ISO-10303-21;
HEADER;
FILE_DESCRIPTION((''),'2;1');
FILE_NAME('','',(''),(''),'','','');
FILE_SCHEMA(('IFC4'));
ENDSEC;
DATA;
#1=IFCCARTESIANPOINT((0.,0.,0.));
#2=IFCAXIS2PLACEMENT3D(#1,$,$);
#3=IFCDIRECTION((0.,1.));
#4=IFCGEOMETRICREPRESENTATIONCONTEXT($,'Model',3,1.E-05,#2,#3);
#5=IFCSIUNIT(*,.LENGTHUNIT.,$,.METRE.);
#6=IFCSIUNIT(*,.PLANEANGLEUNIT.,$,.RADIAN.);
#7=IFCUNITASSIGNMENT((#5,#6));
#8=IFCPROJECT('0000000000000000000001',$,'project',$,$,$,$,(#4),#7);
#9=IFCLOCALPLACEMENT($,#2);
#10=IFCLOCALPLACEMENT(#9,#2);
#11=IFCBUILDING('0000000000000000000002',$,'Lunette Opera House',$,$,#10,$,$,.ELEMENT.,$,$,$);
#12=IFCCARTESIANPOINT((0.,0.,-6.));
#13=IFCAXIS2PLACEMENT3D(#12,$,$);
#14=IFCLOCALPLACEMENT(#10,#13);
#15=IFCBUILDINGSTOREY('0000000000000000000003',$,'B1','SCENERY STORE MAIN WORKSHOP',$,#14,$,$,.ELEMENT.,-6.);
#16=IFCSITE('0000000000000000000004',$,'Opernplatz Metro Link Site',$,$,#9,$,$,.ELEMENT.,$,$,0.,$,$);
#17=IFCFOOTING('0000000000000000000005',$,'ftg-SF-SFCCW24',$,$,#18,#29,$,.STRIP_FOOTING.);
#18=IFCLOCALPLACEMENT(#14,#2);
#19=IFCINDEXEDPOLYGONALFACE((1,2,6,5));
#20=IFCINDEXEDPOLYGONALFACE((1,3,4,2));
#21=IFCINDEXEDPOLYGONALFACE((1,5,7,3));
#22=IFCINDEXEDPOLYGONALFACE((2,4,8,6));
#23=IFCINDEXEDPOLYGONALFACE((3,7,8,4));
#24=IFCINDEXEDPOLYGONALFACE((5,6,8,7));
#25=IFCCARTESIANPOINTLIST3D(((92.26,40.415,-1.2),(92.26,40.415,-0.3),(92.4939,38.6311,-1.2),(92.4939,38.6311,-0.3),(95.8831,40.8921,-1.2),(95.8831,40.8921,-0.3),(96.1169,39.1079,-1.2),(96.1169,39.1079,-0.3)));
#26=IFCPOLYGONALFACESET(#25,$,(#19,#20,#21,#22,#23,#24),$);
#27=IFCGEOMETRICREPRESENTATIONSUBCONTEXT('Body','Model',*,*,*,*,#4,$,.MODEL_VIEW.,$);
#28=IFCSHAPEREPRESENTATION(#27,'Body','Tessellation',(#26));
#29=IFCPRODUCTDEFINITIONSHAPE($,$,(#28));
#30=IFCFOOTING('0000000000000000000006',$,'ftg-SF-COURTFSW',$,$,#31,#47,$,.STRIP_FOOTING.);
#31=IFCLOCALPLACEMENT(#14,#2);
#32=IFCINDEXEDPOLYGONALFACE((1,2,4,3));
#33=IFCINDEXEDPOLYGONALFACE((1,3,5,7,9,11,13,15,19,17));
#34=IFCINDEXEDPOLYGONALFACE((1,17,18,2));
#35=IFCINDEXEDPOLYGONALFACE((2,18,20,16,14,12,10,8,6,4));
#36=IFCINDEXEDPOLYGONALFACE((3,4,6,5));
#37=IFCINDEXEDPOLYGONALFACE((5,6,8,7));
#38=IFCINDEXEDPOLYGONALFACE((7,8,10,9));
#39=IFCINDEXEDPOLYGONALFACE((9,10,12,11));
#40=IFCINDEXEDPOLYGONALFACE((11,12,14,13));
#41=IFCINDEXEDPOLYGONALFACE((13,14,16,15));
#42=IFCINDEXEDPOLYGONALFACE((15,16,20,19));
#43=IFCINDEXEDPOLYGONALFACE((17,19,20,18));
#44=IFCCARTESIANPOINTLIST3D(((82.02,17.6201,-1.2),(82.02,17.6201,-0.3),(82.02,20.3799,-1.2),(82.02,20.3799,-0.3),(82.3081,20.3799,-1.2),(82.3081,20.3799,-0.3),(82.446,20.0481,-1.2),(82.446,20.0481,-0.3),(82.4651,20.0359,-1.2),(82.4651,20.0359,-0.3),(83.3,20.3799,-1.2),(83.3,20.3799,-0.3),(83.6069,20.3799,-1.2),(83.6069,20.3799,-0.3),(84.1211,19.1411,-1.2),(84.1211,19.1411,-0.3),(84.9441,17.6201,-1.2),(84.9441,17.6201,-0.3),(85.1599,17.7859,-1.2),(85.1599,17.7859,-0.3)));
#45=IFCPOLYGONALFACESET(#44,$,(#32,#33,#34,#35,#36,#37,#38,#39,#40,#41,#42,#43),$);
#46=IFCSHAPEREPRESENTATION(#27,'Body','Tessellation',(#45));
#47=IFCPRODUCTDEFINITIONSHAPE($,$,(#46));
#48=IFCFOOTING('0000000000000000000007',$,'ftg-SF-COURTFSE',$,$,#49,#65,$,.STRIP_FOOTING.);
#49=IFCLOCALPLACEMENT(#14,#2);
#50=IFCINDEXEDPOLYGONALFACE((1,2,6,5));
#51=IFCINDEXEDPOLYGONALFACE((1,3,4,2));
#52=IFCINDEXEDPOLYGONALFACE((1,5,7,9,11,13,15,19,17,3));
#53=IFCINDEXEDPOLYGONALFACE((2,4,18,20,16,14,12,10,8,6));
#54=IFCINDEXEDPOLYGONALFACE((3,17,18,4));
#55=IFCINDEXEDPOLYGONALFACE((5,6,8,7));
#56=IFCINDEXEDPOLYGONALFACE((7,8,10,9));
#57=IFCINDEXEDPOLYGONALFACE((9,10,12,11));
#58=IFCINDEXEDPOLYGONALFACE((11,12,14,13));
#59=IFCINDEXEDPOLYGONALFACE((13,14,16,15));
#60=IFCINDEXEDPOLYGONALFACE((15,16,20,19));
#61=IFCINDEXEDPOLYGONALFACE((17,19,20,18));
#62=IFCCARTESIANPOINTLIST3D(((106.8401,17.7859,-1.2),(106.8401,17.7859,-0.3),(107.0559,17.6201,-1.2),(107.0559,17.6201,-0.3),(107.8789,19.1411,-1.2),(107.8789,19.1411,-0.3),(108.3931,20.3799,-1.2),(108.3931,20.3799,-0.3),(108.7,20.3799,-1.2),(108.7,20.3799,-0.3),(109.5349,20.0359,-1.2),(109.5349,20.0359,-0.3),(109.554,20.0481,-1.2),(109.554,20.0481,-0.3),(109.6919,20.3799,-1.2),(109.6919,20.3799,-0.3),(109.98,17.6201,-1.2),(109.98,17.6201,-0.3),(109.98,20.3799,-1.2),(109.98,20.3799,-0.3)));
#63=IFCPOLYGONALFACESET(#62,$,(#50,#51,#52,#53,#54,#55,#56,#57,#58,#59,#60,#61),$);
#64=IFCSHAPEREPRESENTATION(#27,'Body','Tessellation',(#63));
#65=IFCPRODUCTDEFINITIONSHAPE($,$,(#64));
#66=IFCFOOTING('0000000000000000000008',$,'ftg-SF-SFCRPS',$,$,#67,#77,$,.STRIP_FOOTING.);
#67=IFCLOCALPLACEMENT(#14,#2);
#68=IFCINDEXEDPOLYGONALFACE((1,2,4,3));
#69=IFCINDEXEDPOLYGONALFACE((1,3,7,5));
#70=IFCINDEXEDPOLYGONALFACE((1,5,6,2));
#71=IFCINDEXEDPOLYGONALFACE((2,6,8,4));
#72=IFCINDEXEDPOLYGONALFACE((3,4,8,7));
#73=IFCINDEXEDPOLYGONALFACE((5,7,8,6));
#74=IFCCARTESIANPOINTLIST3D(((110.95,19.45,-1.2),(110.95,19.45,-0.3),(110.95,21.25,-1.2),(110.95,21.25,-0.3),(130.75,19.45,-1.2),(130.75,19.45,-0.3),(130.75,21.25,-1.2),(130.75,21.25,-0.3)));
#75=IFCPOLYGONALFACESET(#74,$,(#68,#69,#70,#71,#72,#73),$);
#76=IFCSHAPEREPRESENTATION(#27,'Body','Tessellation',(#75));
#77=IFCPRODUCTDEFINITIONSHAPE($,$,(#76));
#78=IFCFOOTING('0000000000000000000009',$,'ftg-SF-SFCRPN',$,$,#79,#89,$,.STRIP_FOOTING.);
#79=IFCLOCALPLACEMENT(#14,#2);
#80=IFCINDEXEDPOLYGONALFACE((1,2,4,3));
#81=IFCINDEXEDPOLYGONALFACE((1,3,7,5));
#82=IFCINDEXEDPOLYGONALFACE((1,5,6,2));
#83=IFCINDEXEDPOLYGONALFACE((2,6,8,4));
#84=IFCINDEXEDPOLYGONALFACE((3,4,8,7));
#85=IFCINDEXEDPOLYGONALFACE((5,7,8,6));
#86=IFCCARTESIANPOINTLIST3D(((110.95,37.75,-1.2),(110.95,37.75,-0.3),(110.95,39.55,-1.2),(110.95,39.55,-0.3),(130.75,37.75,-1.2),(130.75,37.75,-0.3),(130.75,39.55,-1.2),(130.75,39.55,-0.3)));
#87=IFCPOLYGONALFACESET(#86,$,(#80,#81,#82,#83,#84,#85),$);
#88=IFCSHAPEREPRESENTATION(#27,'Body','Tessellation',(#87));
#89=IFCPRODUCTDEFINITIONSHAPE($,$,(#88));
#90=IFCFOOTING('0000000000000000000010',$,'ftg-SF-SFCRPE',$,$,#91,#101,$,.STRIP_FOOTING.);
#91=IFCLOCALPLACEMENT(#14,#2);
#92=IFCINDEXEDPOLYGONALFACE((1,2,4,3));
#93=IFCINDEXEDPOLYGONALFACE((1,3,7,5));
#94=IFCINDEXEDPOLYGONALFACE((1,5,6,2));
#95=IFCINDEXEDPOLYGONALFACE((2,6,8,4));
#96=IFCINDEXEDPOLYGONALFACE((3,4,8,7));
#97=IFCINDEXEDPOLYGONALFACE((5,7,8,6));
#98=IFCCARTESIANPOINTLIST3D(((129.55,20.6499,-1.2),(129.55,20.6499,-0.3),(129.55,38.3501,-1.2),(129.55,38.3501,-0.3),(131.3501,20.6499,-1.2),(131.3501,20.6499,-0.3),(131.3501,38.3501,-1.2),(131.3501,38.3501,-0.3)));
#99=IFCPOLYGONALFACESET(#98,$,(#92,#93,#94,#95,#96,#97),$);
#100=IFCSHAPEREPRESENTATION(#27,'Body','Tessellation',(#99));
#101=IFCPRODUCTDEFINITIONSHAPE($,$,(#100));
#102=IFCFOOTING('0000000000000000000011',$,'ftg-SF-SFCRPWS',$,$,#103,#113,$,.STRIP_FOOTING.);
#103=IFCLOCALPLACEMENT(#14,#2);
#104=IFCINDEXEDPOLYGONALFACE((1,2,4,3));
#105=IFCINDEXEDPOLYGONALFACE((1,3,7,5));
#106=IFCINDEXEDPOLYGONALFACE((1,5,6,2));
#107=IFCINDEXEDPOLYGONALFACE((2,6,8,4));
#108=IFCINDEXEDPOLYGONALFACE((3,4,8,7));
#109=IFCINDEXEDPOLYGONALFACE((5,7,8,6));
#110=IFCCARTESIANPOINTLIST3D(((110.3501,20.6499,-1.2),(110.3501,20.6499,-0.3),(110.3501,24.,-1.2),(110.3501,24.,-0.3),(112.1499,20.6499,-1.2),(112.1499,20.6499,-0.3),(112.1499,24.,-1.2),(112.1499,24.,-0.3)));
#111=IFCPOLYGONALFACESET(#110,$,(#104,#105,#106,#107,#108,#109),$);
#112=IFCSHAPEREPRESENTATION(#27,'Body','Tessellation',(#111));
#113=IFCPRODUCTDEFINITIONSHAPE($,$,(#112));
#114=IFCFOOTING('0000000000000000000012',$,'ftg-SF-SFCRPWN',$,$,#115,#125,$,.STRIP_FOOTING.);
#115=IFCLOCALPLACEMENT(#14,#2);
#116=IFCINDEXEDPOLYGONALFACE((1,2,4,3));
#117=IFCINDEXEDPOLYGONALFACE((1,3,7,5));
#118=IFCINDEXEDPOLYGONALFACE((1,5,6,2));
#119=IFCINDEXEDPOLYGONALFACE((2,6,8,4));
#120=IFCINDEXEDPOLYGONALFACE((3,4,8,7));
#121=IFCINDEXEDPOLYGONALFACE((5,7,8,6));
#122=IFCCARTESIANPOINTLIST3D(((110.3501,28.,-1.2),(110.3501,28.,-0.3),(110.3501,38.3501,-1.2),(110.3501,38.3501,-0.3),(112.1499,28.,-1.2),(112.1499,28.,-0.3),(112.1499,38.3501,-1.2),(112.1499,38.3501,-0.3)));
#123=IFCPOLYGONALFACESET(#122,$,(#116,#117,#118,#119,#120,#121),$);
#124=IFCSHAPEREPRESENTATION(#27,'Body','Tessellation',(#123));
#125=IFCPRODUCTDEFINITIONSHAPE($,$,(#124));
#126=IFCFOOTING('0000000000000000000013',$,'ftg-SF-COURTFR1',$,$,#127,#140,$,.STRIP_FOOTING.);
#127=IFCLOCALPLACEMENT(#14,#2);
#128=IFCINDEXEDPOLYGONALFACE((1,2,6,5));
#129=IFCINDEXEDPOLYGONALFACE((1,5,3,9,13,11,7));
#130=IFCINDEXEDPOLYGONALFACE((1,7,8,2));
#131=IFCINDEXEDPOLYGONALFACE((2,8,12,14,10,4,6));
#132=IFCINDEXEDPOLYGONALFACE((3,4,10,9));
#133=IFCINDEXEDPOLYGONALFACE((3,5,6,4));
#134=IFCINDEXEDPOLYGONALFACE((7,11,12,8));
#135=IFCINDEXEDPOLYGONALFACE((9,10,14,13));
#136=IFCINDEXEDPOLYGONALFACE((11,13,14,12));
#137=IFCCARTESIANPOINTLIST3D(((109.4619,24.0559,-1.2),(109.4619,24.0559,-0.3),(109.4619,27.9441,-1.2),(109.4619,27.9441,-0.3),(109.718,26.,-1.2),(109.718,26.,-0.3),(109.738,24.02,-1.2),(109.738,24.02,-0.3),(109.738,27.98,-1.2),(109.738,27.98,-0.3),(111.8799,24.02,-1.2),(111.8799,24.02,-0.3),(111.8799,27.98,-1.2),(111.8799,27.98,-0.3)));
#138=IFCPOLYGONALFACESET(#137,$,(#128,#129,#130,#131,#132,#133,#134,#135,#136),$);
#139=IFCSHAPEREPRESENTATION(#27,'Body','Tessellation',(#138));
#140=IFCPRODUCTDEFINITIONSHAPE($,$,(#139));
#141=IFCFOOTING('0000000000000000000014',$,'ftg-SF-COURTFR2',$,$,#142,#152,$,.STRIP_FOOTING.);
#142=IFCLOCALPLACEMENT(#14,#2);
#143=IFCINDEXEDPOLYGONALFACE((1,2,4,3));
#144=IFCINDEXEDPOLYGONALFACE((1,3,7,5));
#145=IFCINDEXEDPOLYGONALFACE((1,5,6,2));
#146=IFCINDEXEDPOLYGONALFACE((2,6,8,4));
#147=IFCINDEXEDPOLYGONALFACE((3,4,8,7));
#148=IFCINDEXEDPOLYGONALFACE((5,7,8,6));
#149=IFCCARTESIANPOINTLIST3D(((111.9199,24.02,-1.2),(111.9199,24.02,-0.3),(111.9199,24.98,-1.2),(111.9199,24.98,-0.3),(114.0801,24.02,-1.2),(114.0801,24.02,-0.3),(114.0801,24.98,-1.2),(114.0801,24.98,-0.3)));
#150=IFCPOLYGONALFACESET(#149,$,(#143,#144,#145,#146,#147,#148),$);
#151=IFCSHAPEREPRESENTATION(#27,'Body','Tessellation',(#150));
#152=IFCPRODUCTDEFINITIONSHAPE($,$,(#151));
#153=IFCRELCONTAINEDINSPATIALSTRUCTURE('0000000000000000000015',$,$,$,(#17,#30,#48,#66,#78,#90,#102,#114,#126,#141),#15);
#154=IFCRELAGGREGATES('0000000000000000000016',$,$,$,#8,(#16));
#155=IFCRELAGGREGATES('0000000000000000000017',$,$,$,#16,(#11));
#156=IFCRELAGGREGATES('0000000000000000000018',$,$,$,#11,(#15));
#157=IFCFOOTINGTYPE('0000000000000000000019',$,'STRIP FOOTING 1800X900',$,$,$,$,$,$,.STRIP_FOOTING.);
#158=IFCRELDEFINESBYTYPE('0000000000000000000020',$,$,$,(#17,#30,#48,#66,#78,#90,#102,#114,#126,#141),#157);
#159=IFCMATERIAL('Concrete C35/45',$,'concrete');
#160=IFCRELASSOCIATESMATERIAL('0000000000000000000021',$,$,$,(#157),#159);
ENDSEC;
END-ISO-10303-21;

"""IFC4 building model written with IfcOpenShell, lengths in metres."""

from ifc_helpers import new_model, si_unit, direction, frame, origin, place, context, subcontext, project, spatial, polyline, outline, extrude, material, type_object, element, save


model = new_model("IFC4")

# Units and contexts
model_context = context("Model", 3, precision=1e-05, world=origin(), true_north=direction((0.0, 1.0)))
body_context = subcontext(model_context, "Body", "Model", "MODEL_VIEW")
ifc_project = project(units=[si_unit("LENGTHUNIT", "METRE"), si_unit("PLANEANGLEUNIT", "RADIAN")], contexts=[model_context])

# Site, building, storey
site_placement = place(None, origin())
site = spatial("IfcSite", under=ifc_project, at=site_placement, Name="Opernplatz Metro Link Site", CompositionType="ELEMENT", RefElevation=0.0)
building_placement = place(site_placement, origin())
building = spatial("IfcBuilding", under=site, at=building_placement, Name="Lunette Opera House", CompositionType="ELEMENT")
storey_placement = place(building_placement, frame((0.0, 0.0, -6.0)))
storey = spatial("IfcBuildingStorey", under=building, at=storey_placement, Name="B1", Description="SCENERY STORE MAIN WORKSHOP", CompositionType="ELEMENT", Elevation=-6.0)

# Footings
ifc_material = material(Name="Concrete C35/45", Category="concrete")
footing_type = type_object("IfcFootingType", Name="STRIP FOOTING 1800X900", PredefinedType="STRIP_FOOTING", material=ifc_material)
footing_1_placement = place(storey_placement, frame((0.0, 0.0, -1.2)))
element("IfcFooting", 1, at=footing_1_placement, inside=storey, type_object=footing_type, Name="ftg-SF-SFCCW24", PredefinedType="STRIP_FOOTING", context=body_context, shape_type="SweptSolid", body=[
    extrude(outline(polyline([(92.26, 40.415), (92.4939, 38.6311), (96.1169, 39.1079), (95.8831, 40.8921), (92.26, 40.415)])), origin(), (0.0, 0.0, 1.0), 0.8999),
])
footing_2_placement = place(storey_placement, frame((0.0, 0.0, -1.2)))
element("IfcFooting", 2, at=footing_2_placement, inside=storey, type_object=footing_type, Name="ftg-SF-COURTFSW", PredefinedType="STRIP_FOOTING", context=body_context, shape_type="SweptSolid", body=[
    extrude(outline(polyline([(82.02, 20.3799), (82.02, 17.6201), (84.9441, 17.6201), (85.1599, 17.7859), (84.1211, 19.1411), (83.6069, 20.3799), (83.3, 20.3799), (82.4651, 20.0359), (82.446, 20.0481), (82.3081, 20.3799), (82.02, 20.3799)])), origin(), (0.0, 0.0, 1.0), 0.8999),
])
footing_3_placement = place(storey_placement, frame((0.0, 0.0, -1.2)))
element("IfcFooting", 3, at=footing_3_placement, inside=storey, type_object=footing_type, Name="ftg-SF-COURTFSE", PredefinedType="STRIP_FOOTING", context=body_context, shape_type="SweptSolid", body=[
    extrude(outline(polyline([(109.98, 17.6201), (109.98, 20.3799), (109.6919, 20.3799), (109.554, 20.0481), (109.5349, 20.0359), (108.7, 20.3799), (108.3931, 20.3799), (107.8789, 19.1411), (106.8401, 17.7859), (107.0559, 17.6201), (109.98, 17.6201)])), origin(), (0.0, 0.0, 1.0), 0.8999),
])
footing_4_placement = place(storey_placement, frame((0.0, 0.0, -1.2)))
element("IfcFooting", 4, at=footing_4_placement, inside=storey, type_object=footing_type, Name="ftg-SF-SFCRPS", PredefinedType="STRIP_FOOTING", context=body_context, shape_type="SweptSolid", body=[
    extrude(outline(polyline([(110.95, 21.25), (110.95, 19.45), (130.75, 19.45), (130.75, 21.25), (110.95, 21.25)])), origin(), (0.0, 0.0, 1.0), 0.8999),
])
footing_5_placement = place(storey_placement, frame((0.0, 0.0, -1.2)))
element("IfcFooting", 5, at=footing_5_placement, inside=storey, type_object=footing_type, Name="ftg-SF-SFCRPN", PredefinedType="STRIP_FOOTING", context=body_context, shape_type="SweptSolid", body=[
    extrude(outline(polyline([(110.95, 39.55), (110.95, 37.75), (130.75, 37.75), (130.75, 39.55), (110.95, 39.55)])), origin(), (0.0, 0.0, 1.0), 0.8999),
])
footing_6_placement = place(storey_placement, frame((0.0, 0.0, -1.2)))
element("IfcFooting", 6, at=footing_6_placement, inside=storey, type_object=footing_type, Name="ftg-SF-SFCRPE", PredefinedType="STRIP_FOOTING", context=body_context, shape_type="SweptSolid", body=[
    extrude(outline(polyline([(129.55, 20.6499), (131.3501, 20.6499), (131.3501, 38.3501), (129.55, 38.3501), (129.55, 20.6499)])), origin(), (0.0, 0.0, 1.0), 0.8999),
])
footing_7_placement = place(storey_placement, frame((0.0, 0.0, -1.2)))
element("IfcFooting", 7, at=footing_7_placement, inside=storey, type_object=footing_type, Name="ftg-SF-SFCRPWS", PredefinedType="STRIP_FOOTING", context=body_context, shape_type="SweptSolid", body=[
    extrude(outline(polyline([(110.3501, 20.6499), (112.1499, 20.6499), (112.1499, 24.0), (110.3501, 24.0), (110.3501, 20.6499)])), origin(), (0.0, 0.0, 1.0), 0.8999),
])
footing_8_placement = place(storey_placement, frame((0.0, 0.0, -1.2)))
element("IfcFooting", 8, at=footing_8_placement, inside=storey, type_object=footing_type, Name="ftg-SF-SFCRPWN", PredefinedType="STRIP_FOOTING", context=body_context, shape_type="SweptSolid", body=[
    extrude(outline(polyline([(110.3501, 28.0), (112.1499, 28.0), (112.1499, 38.3501), (110.3501, 38.3501), (110.3501, 28.0)])), origin(), (0.0, 0.0, 1.0), 0.8999),
])
footing_9_placement = place(storey_placement, frame((0.0, 0.0, -1.2)))
element("IfcFooting", 9, at=footing_9_placement, inside=storey, type_object=footing_type, Name="ftg-SF-COURTFR1", PredefinedType="STRIP_FOOTING", context=body_context, shape_type="SweptSolid", body=[
    extrude(outline(polyline([(111.8799, 24.02), (111.8799, 27.98), (109.738, 27.98), (109.4619, 27.9441), (109.718, 26.0), (109.4619, 24.0559), (109.738, 24.02), (111.8799, 24.02)])), origin(), (0.0, 0.0, 1.0), 0.8999),
])
footing_10_placement = place(storey_placement, frame((0.0, 0.0, -1.2)))
element("IfcFooting", 10, at=footing_10_placement, inside=storey, type_object=footing_type, Name="ftg-SF-COURTFR2", PredefinedType="STRIP_FOOTING", context=body_context, shape_type="SweptSolid", body=[
    extrude(outline(polyline([(114.0801, 24.02), (114.0801, 24.98), (111.9199, 24.98), (111.9199, 24.02), (114.0801, 24.02)])), origin(), (0.0, 0.0, 1.0), 0.8999),
])

save(model, "model.ifc")
